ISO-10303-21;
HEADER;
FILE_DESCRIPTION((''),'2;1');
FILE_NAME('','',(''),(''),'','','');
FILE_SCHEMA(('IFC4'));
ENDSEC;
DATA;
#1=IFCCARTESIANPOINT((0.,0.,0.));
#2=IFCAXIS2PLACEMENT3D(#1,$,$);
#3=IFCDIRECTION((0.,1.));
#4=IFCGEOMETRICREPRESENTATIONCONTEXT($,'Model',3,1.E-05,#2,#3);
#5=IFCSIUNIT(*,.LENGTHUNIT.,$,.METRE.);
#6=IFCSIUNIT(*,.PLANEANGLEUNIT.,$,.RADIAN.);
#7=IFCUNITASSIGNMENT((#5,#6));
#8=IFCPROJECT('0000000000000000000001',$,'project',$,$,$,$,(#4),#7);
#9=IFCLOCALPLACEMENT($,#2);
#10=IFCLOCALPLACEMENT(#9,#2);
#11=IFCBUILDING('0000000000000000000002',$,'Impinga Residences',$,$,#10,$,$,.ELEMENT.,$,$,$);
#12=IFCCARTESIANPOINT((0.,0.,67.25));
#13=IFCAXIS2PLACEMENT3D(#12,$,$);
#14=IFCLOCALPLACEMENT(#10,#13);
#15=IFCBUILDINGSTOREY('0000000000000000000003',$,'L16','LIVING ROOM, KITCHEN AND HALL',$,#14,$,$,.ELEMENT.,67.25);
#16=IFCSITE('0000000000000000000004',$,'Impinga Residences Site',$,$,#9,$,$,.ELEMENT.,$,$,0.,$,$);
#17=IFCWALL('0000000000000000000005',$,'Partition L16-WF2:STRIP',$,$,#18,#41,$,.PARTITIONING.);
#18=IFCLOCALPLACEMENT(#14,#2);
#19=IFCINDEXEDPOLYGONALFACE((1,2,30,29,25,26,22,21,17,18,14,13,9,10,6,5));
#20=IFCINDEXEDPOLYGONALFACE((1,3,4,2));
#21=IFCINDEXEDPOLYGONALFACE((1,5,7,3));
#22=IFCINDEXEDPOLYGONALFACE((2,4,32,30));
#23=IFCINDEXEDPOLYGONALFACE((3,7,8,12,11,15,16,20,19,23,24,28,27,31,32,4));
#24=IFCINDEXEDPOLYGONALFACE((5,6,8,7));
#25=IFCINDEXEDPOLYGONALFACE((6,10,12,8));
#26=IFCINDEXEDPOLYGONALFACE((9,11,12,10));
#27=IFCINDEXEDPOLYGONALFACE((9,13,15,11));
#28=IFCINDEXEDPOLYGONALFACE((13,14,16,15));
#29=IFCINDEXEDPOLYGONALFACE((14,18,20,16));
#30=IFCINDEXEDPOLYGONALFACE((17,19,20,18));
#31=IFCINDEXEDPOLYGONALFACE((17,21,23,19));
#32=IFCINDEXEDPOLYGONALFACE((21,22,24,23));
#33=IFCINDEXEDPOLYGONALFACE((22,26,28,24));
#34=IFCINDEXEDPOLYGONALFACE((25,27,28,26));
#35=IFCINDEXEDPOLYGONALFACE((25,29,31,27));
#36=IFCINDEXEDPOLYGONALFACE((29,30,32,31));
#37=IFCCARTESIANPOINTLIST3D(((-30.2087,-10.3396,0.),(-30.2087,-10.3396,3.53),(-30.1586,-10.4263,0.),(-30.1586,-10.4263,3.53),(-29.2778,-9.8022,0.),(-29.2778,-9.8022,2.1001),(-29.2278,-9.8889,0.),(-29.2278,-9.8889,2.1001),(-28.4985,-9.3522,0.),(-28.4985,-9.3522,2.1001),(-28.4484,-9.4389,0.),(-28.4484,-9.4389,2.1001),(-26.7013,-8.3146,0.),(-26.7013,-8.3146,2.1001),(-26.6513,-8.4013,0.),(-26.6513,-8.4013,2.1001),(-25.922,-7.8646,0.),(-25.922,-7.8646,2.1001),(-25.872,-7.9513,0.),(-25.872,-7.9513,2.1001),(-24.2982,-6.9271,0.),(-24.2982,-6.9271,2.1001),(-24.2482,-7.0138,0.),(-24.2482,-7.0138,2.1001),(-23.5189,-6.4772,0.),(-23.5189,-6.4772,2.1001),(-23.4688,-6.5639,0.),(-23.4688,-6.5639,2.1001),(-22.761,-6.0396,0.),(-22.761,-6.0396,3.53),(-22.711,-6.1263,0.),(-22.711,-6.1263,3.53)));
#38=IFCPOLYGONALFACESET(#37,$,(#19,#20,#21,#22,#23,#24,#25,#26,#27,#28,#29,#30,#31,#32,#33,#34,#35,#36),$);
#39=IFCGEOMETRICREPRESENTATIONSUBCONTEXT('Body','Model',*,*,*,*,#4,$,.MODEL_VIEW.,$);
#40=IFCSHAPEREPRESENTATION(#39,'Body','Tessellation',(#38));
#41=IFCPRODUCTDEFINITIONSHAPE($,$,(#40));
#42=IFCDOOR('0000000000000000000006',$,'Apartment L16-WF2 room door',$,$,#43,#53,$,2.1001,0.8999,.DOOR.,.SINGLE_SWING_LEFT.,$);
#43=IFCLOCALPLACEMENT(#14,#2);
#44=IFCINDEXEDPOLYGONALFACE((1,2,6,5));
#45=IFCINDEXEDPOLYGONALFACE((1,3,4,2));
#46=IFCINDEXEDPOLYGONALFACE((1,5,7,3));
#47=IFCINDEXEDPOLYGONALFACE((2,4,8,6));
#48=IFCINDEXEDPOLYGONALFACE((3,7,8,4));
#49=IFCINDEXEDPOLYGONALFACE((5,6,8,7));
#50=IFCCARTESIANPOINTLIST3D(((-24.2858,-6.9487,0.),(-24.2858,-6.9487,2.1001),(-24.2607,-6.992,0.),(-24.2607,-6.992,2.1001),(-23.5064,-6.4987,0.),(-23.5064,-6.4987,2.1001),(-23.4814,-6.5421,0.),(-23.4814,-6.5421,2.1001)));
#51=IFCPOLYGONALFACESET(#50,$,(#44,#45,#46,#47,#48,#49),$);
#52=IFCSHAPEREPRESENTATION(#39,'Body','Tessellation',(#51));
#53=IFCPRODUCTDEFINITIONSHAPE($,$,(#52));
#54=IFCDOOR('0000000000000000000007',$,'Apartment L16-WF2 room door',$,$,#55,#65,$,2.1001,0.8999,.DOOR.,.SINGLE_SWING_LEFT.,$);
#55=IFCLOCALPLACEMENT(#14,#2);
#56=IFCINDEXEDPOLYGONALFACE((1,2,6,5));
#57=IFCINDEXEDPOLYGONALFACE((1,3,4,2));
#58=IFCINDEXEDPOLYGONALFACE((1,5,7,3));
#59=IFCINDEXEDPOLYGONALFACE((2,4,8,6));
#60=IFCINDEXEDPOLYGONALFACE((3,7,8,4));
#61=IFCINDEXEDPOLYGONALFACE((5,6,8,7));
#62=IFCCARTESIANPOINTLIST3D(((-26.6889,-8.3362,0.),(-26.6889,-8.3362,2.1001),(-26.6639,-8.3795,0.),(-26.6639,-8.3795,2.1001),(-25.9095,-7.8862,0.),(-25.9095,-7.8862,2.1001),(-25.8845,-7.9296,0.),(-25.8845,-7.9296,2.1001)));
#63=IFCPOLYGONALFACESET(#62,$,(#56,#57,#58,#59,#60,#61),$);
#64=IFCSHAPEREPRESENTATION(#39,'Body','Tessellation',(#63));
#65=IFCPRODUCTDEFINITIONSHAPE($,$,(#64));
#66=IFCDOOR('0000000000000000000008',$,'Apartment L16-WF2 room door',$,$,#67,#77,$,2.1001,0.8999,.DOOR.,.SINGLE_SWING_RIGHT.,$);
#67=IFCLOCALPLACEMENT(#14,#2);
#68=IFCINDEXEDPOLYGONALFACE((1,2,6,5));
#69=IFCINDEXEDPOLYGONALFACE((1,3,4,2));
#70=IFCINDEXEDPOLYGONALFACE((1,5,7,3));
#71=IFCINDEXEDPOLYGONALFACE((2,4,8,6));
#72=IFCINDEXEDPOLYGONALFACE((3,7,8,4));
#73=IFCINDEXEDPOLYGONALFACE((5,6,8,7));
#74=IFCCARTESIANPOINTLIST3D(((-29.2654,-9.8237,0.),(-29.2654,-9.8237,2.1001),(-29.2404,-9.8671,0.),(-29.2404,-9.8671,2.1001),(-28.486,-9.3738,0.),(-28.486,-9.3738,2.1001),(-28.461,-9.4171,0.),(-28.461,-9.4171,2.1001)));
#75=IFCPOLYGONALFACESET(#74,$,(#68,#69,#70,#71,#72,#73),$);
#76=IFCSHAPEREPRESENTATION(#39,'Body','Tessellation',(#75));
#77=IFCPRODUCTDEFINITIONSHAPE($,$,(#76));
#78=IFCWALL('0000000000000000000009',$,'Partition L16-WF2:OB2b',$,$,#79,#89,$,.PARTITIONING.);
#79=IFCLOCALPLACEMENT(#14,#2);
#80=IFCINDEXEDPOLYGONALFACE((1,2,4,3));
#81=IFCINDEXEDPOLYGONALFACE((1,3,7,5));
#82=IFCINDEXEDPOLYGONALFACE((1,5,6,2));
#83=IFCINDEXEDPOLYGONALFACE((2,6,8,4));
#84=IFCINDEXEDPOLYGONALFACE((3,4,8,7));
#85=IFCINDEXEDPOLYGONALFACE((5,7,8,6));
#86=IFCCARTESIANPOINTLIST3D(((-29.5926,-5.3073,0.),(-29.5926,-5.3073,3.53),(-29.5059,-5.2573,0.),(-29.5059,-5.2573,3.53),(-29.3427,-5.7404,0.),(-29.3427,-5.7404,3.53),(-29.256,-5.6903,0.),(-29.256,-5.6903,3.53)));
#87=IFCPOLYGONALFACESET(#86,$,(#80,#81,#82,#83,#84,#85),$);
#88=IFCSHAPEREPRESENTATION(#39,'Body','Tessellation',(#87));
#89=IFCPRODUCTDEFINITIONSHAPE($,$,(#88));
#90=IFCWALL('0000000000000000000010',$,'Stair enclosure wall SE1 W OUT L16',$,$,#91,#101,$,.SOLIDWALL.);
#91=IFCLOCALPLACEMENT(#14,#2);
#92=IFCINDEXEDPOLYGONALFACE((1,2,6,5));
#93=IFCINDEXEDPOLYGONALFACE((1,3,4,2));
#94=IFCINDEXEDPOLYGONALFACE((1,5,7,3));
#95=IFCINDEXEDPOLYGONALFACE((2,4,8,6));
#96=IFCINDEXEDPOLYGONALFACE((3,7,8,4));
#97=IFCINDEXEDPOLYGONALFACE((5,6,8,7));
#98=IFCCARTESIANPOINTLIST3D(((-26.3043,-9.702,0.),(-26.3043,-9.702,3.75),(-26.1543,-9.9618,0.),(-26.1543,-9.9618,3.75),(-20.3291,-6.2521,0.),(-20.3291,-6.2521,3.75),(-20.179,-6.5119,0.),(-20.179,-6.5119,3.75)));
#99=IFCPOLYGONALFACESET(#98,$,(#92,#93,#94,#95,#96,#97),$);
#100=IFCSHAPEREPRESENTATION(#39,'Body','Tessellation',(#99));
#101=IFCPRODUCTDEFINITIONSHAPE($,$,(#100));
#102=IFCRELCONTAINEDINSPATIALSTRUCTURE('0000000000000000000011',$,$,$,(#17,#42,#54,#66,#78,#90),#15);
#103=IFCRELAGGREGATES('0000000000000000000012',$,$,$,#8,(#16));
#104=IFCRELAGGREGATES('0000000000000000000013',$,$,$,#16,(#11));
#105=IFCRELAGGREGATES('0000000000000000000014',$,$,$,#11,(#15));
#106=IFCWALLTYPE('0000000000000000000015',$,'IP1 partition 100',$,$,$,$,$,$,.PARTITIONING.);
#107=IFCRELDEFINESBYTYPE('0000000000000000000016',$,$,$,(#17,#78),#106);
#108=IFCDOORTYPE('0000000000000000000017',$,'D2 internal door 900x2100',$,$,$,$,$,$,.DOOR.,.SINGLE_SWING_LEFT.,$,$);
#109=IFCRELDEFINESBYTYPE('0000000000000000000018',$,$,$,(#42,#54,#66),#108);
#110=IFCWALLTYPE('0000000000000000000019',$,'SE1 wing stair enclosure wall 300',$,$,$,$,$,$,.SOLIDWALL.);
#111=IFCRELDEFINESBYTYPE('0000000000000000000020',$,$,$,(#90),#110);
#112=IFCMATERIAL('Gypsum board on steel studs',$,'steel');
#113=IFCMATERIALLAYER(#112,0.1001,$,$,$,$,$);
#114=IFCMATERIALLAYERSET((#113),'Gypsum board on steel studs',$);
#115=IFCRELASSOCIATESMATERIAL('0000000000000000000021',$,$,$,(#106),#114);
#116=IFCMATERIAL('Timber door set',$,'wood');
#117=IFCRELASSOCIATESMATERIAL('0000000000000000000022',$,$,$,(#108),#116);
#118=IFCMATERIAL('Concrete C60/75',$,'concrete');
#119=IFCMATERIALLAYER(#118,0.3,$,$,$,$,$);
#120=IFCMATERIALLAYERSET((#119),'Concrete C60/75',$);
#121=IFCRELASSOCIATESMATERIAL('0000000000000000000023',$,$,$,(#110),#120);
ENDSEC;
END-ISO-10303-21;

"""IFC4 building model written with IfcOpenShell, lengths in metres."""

from ifc_helpers import new_model, si_unit, direction, frame, frame_2d, origin, place, context, subcontext, project, spatial, rectangle, extrude, material, layer, layer_set, type_object, element, fill, save


model = new_model("IFC4")

# Units and contexts
model_context = context("Model", 3, precision=1e-05, world=origin(), true_north=direction((0.0, 1.0)))
body_context = subcontext(model_context, "Body", "Model", "MODEL_VIEW")
ifc_project = project(units=[si_unit("LENGTHUNIT", "METRE"), si_unit("PLANEANGLEUNIT", "RADIAN")], contexts=[model_context])

# Site, building, storey
site_placement = place(None, origin())
site = spatial("IfcSite", under=ifc_project, at=site_placement, Name="Impinga Residences Site", CompositionType="ELEMENT", RefElevation=0.0)
building_placement = place(site_placement, origin())
building = spatial("IfcBuilding", under=site, at=building_placement, Name="Impinga Residences", CompositionType="ELEMENT")
storey_placement = place(building_placement, frame((0.0, 0.0, 67.25)))
storey = spatial("IfcBuildingStorey", under=building, at=storey_placement, Name="L16", Description="LIVING ROOM, KITCHEN AND HALL", CompositionType="ELEMENT", Elevation=67.25)

# Shared definitions
ifc_material_1 = material(Name="Concrete C60/75", Category="concrete")

# Shared definitions
ifc_material_2 = material(Name="Gypsum board on steel studs", Category="steel")
ifc_layer_1 = layer(ifc_material_2, 0.1001)
ifc_layer_set_1 = layer_set([ifc_layer_1], Name="Gypsum board on steel studs")
wall_type_1 = type_object("IfcWallType", Name="IP1 partition 100", PredefinedType="PARTITIONING", material=ifc_layer_set_1)

# Wall, openings, doors
wall_1_placement = place(storey_placement, frame((-22.7361, -6.083, 0.0), z_axis=(0.0, 0.0, 1.0), x_axis=(-0.866021, -0.500008, 0.0)))
wall_1 = element("IfcWall", 1, at=wall_1_placement, inside=storey, type_object=wall_type_1, Name="Partition L16-WF2:STRIP", PredefinedType="PARTITIONING", context=body_context, shape_type="SweptSolid", body=[
    extrude(rectangle(XDim=8.5999, YDim=0.1001, at=frame_2d((4.2998, 0.0))), origin(), (0.0, 0.0, 1.0), 3.53),
])
opening_1_placement = place(wall_1_placement, frame((0.875, 0.0, 0.0)))
opening_1 = element("IfcOpeningElement", 2, at=opening_1_placement, cuts=wall_1, PredefinedType="OPENING", context=body_context, shape_type="SweptSolid", body=[
    extrude(rectangle(XDim=0.8999, YDim=2.1001, at=frame_2d((0.45, 1.05))), frame((0.0, 0.0601, 0.0), z_axis=(0.0, -1.0, 0.0), x_axis=(1.0, 0.0, 0.0)), (0.0, 0.0, 1.0), 0.1201),
])
opening_2_placement = place(wall_1_placement, frame((3.6499, 0.0, 0.0)))
opening_2 = element("IfcOpeningElement", 3, at=opening_2_placement, cuts=wall_1, PredefinedType="OPENING", context=body_context, shape_type="SweptSolid", body=[
    extrude(rectangle(XDim=0.8999, YDim=2.1001, at=frame_2d((0.45, 1.05))), frame((0.0, 0.0601, 0.0), z_axis=(0.0, -1.0, 0.0), x_axis=(1.0, 0.0, 0.0)), (0.0, 0.0, 1.0), 0.1201),
])
opening_3_placement = place(wall_1_placement, frame((6.625, 0.0, 0.0)))
opening_3 = element("IfcOpeningElement", 4, at=opening_3_placement, cuts=wall_1, PredefinedType="OPENING", context=body_context, shape_type="SweptSolid", body=[
    extrude(rectangle(XDim=0.8999, YDim=2.1001, at=frame_2d((0.45, 1.05))), frame((0.0, 0.0601, 0.0), z_axis=(0.0, -1.0, 0.0), x_axis=(1.0, 0.0, 0.0)), (0.0, 0.0, 1.0), 0.1201),
])
ifc_material_3 = material(Name="Timber door set", Category="wood")
door_type = type_object("IfcDoorType", Name="D2 internal door 900x2100", OperationType="SINGLE_SWING_LEFT", PredefinedType="DOOR", material=ifc_material_3)
door_1_placement = place(opening_1_placement, origin())
door_1 = element("IfcDoor", 5, at=door_1_placement, inside=storey, type_object=door_type, Name="Apartment L16-WF2 room door", OperationType="SINGLE_SWING_LEFT", OverallHeight=2.1001, OverallWidth=0.8999, PredefinedType="DOOR", context=body_context, shape_type="SweptSolid", body=[
    extrude(rectangle(XDim=0.8999, YDim=2.1001, at=frame_2d((0.45, 1.05))), frame((0.0, 0.0249, 0.0), z_axis=(0.0, -1.0, 0.0), x_axis=(1.0, 0.0, 0.0)), (0.0, 0.0, 1.0), 0.05),
])
fill(opening_1, door_1)
door_2_placement = place(opening_2_placement, origin())
door_2 = element("IfcDoor", 6, at=door_2_placement, inside=storey, type_object=door_type, Name="Apartment L16-WF2 room door", OperationType="SINGLE_SWING_LEFT", OverallHeight=2.1001, OverallWidth=0.8999, PredefinedType="DOOR", context=body_context, shape_type="SweptSolid", body=[
    extrude(rectangle(XDim=0.8999, YDim=2.1001, at=frame_2d((0.45, 1.05))), frame((0.0, 0.0249, 0.0), z_axis=(0.0, -1.0, 0.0), x_axis=(1.0, 0.0, 0.0)), (0.0, 0.0, 1.0), 0.05),
])
fill(opening_2, door_2)
door_3_placement = place(opening_3_placement, origin())
door_3 = element("IfcDoor", 7, at=door_3_placement, inside=storey, type_object=door_type, Name="Apartment L16-WF2 room door", OperationType="SINGLE_SWING_RIGHT", OverallHeight=2.1001, OverallWidth=0.8999, PredefinedType="DOOR", context=body_context, shape_type="SweptSolid", body=[
    extrude(rectangle(XDim=0.8999, YDim=2.1001, at=frame_2d((0.45, 1.05))), frame((0.0, 0.0249, 0.0), z_axis=(0.0, -1.0, 0.0), x_axis=(1.0, 0.0, 0.0)), (0.0, 0.0, 1.0), 0.05),
])
fill(opening_3, door_3)

# Walls
wall_2_placement = place(storey_placement, frame((-29.2993, -5.7153, 0.0), z_axis=(0.0, 0.0, 1.0), x_axis=(-0.49992, 0.866072, 0.0)))
element("IfcWall", 8, at=wall_2_placement, inside=storey, type_object=wall_type_1, Name="Partition L16-WF2:OB2b", PredefinedType="PARTITIONING", context=body_context, shape_type="SweptSolid", body=[
    extrude(rectangle(XDim=0.5, YDim=0.1001, at=frame_2d((0.25, 0.0))), origin(), (0.0, 0.0, 1.0), 3.53),
])
ifc_layer_2 = layer(ifc_material_1, 0.3)
ifc_layer_set_2 = layer_set([ifc_layer_2], Name="Concrete C60/75")
wall_type_2 = type_object("IfcWallType", Name="SE1 wing stair enclosure wall 300", PredefinedType="SOLIDWALL", material=ifc_layer_set_2)
wall_3_placement = place(storey_placement, frame((-20.2542, -6.3821, 0.0), z_axis=(0.0, 0.0, 1.0), x_axis=(-0.86602, -0.500009, 0.0)))
element("IfcWall", 9, at=wall_3_placement, inside=storey, type_object=wall_type_2, Name="Stair enclosure wall SE1 W OUT L16", PredefinedType="SOLIDWALL", context=body_context, shape_type="SweptSolid", body=[
    extrude(rectangle(XDim=6.8997, YDim=0.3, at=frame_2d((3.4497, 0.0))), origin(), (0.0, 0.0, 1.0), 3.75),
])

save(model, "model.ifc")
